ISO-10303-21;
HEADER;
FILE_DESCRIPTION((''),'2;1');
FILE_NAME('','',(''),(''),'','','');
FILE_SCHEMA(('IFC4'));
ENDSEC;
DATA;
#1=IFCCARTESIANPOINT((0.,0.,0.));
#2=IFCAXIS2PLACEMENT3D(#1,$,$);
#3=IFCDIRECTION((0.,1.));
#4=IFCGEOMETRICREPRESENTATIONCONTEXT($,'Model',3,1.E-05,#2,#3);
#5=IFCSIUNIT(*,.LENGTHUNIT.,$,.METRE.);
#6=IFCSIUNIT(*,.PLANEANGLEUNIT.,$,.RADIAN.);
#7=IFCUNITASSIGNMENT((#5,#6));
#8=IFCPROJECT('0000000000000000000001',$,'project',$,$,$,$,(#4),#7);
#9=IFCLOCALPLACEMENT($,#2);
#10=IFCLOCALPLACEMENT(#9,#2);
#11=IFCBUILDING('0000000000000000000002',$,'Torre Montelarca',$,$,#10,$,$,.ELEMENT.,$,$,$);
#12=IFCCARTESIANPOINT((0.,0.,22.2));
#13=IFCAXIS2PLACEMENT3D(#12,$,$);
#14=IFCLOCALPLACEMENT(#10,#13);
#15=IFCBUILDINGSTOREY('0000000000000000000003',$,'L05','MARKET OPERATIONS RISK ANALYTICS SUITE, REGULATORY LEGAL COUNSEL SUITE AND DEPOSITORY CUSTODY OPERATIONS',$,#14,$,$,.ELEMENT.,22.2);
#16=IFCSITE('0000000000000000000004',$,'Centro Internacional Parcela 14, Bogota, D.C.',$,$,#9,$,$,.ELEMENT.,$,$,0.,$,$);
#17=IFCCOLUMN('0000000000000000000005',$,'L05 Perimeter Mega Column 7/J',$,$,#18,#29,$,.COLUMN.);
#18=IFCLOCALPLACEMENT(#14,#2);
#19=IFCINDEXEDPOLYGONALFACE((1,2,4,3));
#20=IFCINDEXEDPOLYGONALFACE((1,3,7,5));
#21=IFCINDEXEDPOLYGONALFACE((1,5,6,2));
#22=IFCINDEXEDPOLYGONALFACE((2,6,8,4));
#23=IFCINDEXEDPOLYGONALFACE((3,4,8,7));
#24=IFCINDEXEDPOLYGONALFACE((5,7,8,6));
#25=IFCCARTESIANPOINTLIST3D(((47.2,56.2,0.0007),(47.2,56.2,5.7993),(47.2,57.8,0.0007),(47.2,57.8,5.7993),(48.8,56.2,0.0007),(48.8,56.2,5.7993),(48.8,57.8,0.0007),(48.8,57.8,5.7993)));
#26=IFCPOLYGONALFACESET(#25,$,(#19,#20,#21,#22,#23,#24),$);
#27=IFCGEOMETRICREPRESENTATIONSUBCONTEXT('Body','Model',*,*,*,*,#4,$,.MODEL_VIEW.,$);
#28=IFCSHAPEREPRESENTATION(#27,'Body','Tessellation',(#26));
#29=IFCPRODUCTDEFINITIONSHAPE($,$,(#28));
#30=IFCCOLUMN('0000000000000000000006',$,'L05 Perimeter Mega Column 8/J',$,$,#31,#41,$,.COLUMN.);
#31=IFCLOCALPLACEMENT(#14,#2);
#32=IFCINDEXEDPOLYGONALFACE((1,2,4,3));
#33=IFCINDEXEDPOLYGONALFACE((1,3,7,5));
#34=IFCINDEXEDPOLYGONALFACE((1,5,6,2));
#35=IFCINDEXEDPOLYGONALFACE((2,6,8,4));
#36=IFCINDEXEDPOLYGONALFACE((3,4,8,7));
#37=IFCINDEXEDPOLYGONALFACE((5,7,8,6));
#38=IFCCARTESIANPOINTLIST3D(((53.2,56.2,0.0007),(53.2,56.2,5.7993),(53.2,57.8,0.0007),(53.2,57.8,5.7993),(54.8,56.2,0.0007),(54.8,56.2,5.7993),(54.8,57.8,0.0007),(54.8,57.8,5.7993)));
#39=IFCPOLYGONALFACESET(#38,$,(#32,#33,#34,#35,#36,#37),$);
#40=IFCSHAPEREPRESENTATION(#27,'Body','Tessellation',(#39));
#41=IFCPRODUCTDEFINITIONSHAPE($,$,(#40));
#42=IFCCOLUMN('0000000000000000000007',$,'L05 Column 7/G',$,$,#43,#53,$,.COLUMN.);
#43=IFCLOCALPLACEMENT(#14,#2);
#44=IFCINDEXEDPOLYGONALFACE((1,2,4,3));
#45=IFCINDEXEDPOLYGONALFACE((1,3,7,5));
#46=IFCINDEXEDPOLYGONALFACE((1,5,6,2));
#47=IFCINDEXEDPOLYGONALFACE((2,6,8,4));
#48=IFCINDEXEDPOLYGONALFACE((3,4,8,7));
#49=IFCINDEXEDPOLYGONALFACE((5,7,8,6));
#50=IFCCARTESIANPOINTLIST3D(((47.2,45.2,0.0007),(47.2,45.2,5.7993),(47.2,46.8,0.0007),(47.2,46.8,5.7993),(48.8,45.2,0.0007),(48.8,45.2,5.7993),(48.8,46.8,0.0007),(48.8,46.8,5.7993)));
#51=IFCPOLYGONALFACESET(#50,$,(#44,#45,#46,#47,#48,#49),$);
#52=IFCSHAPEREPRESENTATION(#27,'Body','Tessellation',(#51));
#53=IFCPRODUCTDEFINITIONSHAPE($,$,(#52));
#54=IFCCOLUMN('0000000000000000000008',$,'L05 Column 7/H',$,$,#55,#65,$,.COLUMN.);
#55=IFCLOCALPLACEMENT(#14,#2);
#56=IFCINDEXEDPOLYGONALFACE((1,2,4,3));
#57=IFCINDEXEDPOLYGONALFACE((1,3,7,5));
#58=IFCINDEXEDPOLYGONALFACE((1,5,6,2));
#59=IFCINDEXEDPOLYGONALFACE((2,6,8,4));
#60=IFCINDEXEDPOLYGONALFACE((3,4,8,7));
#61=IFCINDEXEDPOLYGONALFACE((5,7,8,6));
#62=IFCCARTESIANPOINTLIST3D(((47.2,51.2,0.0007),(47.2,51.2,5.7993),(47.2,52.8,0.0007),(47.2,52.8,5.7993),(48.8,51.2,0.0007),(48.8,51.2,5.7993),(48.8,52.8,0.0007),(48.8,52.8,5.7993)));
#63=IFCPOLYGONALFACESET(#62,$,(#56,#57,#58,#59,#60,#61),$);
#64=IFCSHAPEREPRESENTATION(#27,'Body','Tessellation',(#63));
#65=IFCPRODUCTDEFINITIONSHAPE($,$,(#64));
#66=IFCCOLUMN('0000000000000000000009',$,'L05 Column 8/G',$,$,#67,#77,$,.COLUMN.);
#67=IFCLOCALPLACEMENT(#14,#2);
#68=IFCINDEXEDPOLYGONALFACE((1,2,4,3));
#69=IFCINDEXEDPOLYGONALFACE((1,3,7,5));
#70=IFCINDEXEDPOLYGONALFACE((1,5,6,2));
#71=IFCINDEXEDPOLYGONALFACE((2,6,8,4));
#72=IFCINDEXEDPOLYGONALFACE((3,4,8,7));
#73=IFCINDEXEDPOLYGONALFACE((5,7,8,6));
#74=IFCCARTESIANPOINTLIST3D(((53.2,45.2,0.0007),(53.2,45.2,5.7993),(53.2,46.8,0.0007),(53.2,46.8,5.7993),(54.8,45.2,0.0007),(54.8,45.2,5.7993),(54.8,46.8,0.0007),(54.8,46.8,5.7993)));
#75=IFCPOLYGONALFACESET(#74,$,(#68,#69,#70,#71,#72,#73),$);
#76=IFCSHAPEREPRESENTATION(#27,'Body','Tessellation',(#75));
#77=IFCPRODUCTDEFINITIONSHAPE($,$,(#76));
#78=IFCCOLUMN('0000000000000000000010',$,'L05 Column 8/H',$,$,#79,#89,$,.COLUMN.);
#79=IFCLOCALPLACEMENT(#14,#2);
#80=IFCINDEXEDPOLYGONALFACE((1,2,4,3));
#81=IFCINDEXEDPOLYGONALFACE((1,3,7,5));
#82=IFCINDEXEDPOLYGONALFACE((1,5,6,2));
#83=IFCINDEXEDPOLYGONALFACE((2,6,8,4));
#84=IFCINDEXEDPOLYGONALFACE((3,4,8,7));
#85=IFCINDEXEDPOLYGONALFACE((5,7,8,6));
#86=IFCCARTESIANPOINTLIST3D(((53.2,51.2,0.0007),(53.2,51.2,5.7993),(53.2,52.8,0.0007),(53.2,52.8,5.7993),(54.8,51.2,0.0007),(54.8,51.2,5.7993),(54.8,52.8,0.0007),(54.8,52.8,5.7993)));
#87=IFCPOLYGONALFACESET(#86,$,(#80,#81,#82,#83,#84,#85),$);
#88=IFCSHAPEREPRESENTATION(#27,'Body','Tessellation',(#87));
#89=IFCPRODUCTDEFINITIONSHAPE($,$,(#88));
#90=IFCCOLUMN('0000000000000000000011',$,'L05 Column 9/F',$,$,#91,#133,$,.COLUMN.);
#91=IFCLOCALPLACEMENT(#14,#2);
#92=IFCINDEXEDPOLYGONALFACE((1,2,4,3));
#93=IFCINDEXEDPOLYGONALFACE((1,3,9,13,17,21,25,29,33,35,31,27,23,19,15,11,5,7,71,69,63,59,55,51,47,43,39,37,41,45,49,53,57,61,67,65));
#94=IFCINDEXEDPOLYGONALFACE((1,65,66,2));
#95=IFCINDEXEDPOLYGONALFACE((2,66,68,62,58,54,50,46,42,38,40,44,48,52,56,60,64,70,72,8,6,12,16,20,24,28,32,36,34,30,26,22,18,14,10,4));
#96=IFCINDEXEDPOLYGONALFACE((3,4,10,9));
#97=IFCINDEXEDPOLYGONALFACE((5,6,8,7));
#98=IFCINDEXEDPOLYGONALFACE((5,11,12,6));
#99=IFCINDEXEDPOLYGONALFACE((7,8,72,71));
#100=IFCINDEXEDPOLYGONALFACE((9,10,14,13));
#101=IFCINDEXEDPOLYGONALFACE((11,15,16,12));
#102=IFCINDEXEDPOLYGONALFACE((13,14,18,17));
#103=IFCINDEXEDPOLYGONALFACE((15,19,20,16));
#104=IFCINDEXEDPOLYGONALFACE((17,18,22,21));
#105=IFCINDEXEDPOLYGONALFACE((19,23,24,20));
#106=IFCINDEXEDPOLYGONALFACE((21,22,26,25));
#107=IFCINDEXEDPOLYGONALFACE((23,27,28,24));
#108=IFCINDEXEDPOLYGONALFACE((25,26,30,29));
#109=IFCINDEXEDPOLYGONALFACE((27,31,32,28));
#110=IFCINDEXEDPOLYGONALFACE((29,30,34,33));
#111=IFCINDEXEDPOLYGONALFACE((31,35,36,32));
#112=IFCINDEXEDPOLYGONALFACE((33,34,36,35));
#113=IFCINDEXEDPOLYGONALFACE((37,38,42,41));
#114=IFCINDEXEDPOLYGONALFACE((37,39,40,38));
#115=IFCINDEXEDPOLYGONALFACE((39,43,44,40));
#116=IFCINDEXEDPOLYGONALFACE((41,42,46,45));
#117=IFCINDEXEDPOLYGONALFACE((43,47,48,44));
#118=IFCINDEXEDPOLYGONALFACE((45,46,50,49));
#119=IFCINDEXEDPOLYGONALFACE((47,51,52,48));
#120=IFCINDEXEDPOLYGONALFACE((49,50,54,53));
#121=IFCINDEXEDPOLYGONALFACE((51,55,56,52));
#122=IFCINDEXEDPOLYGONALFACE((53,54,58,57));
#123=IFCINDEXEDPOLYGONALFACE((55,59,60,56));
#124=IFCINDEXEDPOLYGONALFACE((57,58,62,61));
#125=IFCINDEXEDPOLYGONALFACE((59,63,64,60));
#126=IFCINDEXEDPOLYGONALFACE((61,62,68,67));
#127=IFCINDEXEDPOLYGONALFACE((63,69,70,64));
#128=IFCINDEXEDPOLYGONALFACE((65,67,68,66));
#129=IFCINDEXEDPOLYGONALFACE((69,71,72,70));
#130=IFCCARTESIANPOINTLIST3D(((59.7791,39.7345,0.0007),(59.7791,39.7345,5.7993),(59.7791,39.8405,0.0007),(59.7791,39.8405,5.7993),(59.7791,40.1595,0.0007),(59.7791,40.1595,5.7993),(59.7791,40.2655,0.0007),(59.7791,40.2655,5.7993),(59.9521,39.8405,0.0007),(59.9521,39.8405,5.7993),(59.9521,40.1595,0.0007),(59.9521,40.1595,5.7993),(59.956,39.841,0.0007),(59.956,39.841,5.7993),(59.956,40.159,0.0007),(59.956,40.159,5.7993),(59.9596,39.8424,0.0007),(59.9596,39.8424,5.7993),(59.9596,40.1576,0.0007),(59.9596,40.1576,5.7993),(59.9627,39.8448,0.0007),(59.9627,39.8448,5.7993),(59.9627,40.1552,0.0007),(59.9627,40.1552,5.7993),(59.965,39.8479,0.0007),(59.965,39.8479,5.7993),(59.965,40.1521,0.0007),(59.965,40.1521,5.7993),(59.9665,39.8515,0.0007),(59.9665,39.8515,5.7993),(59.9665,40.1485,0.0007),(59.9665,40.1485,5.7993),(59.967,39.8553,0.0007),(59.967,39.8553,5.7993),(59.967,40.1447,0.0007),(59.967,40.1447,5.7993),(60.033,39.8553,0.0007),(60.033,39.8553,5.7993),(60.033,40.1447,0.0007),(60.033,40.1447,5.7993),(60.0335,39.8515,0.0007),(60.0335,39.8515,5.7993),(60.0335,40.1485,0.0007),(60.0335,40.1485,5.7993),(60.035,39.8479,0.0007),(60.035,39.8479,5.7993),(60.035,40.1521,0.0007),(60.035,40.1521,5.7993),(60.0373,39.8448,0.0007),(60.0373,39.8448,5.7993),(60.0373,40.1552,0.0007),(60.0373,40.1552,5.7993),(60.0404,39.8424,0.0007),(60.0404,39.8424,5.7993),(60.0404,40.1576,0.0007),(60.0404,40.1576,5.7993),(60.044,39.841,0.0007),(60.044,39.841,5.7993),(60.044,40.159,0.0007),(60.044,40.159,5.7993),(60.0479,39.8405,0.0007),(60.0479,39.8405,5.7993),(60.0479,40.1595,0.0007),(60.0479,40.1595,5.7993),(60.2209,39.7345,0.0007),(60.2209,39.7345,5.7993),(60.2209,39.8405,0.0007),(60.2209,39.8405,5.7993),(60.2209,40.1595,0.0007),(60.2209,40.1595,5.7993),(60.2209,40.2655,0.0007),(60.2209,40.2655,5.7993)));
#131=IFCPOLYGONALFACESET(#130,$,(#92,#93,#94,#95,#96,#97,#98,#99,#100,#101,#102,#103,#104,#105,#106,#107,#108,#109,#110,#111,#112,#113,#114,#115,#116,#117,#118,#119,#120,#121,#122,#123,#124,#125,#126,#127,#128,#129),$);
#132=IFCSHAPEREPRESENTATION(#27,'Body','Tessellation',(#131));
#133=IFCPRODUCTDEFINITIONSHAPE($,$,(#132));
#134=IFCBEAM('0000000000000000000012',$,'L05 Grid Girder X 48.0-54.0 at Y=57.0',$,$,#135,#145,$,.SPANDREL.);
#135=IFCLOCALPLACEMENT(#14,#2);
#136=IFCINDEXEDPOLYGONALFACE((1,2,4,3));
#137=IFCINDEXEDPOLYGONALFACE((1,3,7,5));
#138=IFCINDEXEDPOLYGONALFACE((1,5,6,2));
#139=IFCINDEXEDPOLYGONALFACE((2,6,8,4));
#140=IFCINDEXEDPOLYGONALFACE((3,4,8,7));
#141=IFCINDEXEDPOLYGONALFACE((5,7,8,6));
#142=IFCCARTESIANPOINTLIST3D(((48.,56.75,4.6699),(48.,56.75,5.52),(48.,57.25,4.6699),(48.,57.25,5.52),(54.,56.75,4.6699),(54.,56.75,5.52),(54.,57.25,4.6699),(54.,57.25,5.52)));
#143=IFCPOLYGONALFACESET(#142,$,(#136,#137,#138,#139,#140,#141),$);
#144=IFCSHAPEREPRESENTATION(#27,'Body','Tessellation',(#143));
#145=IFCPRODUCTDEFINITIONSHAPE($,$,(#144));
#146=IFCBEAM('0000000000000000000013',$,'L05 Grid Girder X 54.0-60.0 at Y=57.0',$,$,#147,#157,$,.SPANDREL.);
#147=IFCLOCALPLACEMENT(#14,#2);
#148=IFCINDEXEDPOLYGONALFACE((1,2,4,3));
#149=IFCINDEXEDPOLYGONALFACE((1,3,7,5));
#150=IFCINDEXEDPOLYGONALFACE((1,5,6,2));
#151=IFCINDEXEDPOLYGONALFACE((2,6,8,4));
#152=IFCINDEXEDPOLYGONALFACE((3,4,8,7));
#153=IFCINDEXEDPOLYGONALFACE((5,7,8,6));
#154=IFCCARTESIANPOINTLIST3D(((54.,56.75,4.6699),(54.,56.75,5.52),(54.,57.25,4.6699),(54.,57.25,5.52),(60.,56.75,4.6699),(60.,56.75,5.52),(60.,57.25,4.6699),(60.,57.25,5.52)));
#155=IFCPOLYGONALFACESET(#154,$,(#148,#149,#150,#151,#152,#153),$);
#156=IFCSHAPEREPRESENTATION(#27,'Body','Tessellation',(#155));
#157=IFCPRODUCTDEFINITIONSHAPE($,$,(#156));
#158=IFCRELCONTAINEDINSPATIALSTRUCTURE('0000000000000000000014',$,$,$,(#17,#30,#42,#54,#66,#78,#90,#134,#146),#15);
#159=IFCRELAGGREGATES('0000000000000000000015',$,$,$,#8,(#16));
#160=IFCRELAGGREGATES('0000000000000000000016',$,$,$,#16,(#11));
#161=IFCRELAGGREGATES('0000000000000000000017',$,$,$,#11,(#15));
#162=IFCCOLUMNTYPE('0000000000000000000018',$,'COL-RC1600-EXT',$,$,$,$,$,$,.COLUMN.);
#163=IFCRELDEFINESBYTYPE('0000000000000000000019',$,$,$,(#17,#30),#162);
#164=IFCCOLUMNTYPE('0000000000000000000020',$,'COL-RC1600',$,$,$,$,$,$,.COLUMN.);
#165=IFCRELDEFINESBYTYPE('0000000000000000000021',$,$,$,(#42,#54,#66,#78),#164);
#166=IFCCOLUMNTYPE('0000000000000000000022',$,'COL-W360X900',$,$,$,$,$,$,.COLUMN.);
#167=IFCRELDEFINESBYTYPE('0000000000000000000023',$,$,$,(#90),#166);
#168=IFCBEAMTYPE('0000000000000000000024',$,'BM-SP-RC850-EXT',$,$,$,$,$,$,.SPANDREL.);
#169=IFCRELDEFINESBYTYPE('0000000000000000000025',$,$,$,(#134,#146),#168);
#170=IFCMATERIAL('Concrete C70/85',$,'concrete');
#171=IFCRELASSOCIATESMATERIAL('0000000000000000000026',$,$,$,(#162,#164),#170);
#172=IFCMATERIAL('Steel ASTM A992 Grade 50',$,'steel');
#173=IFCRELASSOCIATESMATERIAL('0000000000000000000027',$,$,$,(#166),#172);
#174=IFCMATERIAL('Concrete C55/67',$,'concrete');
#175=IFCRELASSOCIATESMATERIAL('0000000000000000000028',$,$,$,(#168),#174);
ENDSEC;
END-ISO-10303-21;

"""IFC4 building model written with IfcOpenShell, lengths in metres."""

from ifc_helpers import new_model, si_unit, direction, frame, origin, origin_2d, place, context, subcontext, project, spatial, rectangle, i_section, extrude, source, transform, mapped, material, material_profile, profile_set, type_object, element, save


model = new_model("IFC4")

# Units and contexts
model_context = context("Model", 3, precision=1e-05, world=origin(), true_north=direction((0.0, 1.0)))
body_context = subcontext(model_context, "Body", "Model", "MODEL_VIEW")
ifc_project = project(units=[si_unit("LENGTHUNIT", "METRE"), si_unit("PLANEANGLEUNIT", "RADIAN")], contexts=[model_context])

# Site, building, storey
site_placement = place(None, origin())
site = spatial("IfcSite", under=ifc_project, at=site_placement, Name="Centro Internacional Parcela 14, Bogota, D.C.", CompositionType="ELEMENT", RefElevation=0.0)
building_placement = place(site_placement, origin())
building = spatial("IfcBuilding", under=site, at=building_placement, Name="Torre Montelarca", CompositionType="ELEMENT")
storey_placement = place(building_placement, frame((0.0, 0.0, 22.2)))
storey = spatial("IfcBuildingStorey", under=building, at=storey_placement, Name="L05", Description="MARKET OPERATIONS RISK ANALYTICS SUITE, REGULATORY LEGAL COUNSEL SUITE AND DEPOSITORY CUSTODY OPERATIONS", CompositionType="ELEMENT", Elevation=22.2)

# Columns
ifc_material_1 = material(Name="Concrete C70/85", Category="concrete")
ifc_material_profile_1 = material_profile(ifc_material_1, rectangle(XDim=1.6001, YDim=1.6001, at=origin_2d()), Name="RC1600X1600", Category="concrete")
ifc_profile_set_1 = profile_set([ifc_material_profile_1], Name="Concrete C70/85")
column_type_1 = type_object("IfcColumnType", Name="COL-RC1600-EXT", PredefinedType="COLUMN", material=ifc_profile_set_1)
shared_shape_1 = source(origin(), body_context, "Body", "SweptSolid", [
    extrude(rectangle(XDim=1.6001, YDim=1.6001, at=origin_2d()), origin(), (0.0, 0.0, 1.0), 5.7986),
])
for number, where, z_axis, x_axis, name in (
    (1, (48.0, 57.0, 0.0007), (0.0, 0.0, 1.0), (1.0, 0.0, 0.0), "L05 Perimeter Mega Column 7/J"),
    (2, (54.0, 57.0, 0.0007), (0.0, 0.0, 1.0), (1.0, 0.0, 0.0), "L05 Perimeter Mega Column 8/J"),
):
    element("IfcColumn", number, at=place(storey_placement, frame(where, z_axis=z_axis, x_axis=x_axis)), inside=storey, type_object=column_type_1, Name=name, PredefinedType="COLUMN", context=body_context, shape_type="MappedRepresentation", body=[
        mapped(shared_shape_1, transform((0.0, 0.0, 0.0), scale=1.0)),
    ])
ifc_material_profile_2 = material_profile(ifc_material_1, rectangle(XDim=1.6001, YDim=1.6001, at=origin_2d()), Name="RC1600X1600", Category="concrete")
ifc_profile_set_2 = profile_set([ifc_material_profile_2], Name="Concrete C70/85")
column_type_2 = type_object("IfcColumnType", Name="COL-RC1600", PredefinedType="COLUMN", material=ifc_profile_set_2)
shared_shape_2 = source(origin(), body_context, "Body", "SweptSolid", [
    extrude(rectangle(XDim=1.6001, YDim=1.6001, at=origin_2d()), origin(), (0.0, 0.0, 1.0), 5.7986),
])
for number, where, z_axis, x_axis, name in (
    (3, (48.0, 46.0, 0.0007), (0.0, 0.0, 1.0), (1.0, 0.0, 0.0), "L05 Column 7/G"),
    (4, (48.0, 52.0, 0.0007), (0.0, 0.0, 1.0), (1.0, 0.0, 0.0), "L05 Column 7/H"),
    (5, (54.0, 46.0, 0.0007), (0.0, 0.0, 1.0), (1.0, 0.0, 0.0), "L05 Column 8/G"),
    (6, (54.0, 52.0, 0.0007), (0.0, 0.0, 1.0), (1.0, 0.0, 0.0), "L05 Column 8/H"),
):
    element("IfcColumn", number, at=place(storey_placement, frame(where, z_axis=z_axis, x_axis=x_axis)), inside=storey, type_object=column_type_2, Name=name, PredefinedType="COLUMN", context=body_context, shape_type="MappedRepresentation", body=[
        mapped(shared_shape_2, transform((0.0, 0.0, 0.0), scale=1.0)),
    ])
ifc_material_2 = material(Name="Steel ASTM A992 Grade 50", Category="steel")
ifc_material_profile_3 = material_profile(ifc_material_2, i_section(OverallWidth=0.4419, OverallDepth=0.531, WebThickness=0.0659, FlangeThickness=0.106, FilletRadius=0.0149, at=origin_2d()), Name="W360X900", Category="steel")
ifc_profile_set_3 = profile_set([ifc_material_profile_3], Name="Steel ASTM A992 Grade 50")
column_type_3 = type_object("IfcColumnType", Name="COL-W360X900", PredefinedType="COLUMN", material=ifc_profile_set_3)
shared_shape_3 = source(origin(), body_context, "Body", "SweptSolid", [
    extrude(i_section(OverallWidth=0.4419, OverallDepth=0.531, WebThickness=0.0659, FlangeThickness=0.106, FilletRadius=0.0149, at=origin_2d()), origin(), (0.0, 0.0, 1.0), 5.7986),
])
column_placement = place(storey_placement, frame((60.0, 40.0, 0.0007), z_axis=(0.0, 0.0, 1.0), x_axis=(1.0, 0.0, 0.0)))
element("IfcColumn", 7, at=column_placement, inside=storey, type_object=column_type_3, Name="L05 Column 9/F", PredefinedType="COLUMN", context=body_context, shape_type="MappedRepresentation", body=[
    mapped(shared_shape_3, transform((0.0, 0.0, 0.0), scale=1.0)),
])

# Beams
ifc_material_3 = material(Name="Concrete C55/67", Category="concrete")
ifc_material_profile_4 = material_profile(ifc_material_3, rectangle(XDim=0.5, YDim=0.8501, at=origin_2d()), Name="RCB500X850", Category="concrete")
ifc_profile_set_4 = profile_set([ifc_material_profile_4], Name="Concrete C55/67")
beam_type_1 = type_object("IfcBeamType", Name="BM-SP-RC850-EXT", PredefinedType="SPANDREL", material=ifc_profile_set_4)
shared_shape_4 = source(origin(), body_context, "Body", "SweptSolid", [
    extrude(rectangle(XDim=0.5, YDim=0.8501, at=origin_2d()), origin(), (0.0, 0.0, 1.0), 6.0),
])
for number, where, z_axis, x_axis, name in (
    (8, (48.0, 57.0, 5.095), (1.0, 0.0, 0.0), (0.0, 1.0, 0.0), "L05 Grid Girder X 48.0-54.0 at Y=57.0"),
    (9, (54.0, 57.0, 5.095), (1.0, 0.0, 0.0), (0.0, 1.0, 0.0), "L05 Grid Girder X 54.0-60.0 at Y=57.0"),
):
    element("IfcBeam", number, at=place(storey_placement, frame(where, z_axis=z_axis, x_axis=x_axis)), inside=storey, type_object=beam_type_1, Name=name, PredefinedType="SPANDREL", context=body_context, shape_type="MappedRepresentation", body=[
        mapped(shared_shape_4, transform((0.0, 0.0, 0.0), scale=1.0)),
    ])

save(model, "model.ifc")
